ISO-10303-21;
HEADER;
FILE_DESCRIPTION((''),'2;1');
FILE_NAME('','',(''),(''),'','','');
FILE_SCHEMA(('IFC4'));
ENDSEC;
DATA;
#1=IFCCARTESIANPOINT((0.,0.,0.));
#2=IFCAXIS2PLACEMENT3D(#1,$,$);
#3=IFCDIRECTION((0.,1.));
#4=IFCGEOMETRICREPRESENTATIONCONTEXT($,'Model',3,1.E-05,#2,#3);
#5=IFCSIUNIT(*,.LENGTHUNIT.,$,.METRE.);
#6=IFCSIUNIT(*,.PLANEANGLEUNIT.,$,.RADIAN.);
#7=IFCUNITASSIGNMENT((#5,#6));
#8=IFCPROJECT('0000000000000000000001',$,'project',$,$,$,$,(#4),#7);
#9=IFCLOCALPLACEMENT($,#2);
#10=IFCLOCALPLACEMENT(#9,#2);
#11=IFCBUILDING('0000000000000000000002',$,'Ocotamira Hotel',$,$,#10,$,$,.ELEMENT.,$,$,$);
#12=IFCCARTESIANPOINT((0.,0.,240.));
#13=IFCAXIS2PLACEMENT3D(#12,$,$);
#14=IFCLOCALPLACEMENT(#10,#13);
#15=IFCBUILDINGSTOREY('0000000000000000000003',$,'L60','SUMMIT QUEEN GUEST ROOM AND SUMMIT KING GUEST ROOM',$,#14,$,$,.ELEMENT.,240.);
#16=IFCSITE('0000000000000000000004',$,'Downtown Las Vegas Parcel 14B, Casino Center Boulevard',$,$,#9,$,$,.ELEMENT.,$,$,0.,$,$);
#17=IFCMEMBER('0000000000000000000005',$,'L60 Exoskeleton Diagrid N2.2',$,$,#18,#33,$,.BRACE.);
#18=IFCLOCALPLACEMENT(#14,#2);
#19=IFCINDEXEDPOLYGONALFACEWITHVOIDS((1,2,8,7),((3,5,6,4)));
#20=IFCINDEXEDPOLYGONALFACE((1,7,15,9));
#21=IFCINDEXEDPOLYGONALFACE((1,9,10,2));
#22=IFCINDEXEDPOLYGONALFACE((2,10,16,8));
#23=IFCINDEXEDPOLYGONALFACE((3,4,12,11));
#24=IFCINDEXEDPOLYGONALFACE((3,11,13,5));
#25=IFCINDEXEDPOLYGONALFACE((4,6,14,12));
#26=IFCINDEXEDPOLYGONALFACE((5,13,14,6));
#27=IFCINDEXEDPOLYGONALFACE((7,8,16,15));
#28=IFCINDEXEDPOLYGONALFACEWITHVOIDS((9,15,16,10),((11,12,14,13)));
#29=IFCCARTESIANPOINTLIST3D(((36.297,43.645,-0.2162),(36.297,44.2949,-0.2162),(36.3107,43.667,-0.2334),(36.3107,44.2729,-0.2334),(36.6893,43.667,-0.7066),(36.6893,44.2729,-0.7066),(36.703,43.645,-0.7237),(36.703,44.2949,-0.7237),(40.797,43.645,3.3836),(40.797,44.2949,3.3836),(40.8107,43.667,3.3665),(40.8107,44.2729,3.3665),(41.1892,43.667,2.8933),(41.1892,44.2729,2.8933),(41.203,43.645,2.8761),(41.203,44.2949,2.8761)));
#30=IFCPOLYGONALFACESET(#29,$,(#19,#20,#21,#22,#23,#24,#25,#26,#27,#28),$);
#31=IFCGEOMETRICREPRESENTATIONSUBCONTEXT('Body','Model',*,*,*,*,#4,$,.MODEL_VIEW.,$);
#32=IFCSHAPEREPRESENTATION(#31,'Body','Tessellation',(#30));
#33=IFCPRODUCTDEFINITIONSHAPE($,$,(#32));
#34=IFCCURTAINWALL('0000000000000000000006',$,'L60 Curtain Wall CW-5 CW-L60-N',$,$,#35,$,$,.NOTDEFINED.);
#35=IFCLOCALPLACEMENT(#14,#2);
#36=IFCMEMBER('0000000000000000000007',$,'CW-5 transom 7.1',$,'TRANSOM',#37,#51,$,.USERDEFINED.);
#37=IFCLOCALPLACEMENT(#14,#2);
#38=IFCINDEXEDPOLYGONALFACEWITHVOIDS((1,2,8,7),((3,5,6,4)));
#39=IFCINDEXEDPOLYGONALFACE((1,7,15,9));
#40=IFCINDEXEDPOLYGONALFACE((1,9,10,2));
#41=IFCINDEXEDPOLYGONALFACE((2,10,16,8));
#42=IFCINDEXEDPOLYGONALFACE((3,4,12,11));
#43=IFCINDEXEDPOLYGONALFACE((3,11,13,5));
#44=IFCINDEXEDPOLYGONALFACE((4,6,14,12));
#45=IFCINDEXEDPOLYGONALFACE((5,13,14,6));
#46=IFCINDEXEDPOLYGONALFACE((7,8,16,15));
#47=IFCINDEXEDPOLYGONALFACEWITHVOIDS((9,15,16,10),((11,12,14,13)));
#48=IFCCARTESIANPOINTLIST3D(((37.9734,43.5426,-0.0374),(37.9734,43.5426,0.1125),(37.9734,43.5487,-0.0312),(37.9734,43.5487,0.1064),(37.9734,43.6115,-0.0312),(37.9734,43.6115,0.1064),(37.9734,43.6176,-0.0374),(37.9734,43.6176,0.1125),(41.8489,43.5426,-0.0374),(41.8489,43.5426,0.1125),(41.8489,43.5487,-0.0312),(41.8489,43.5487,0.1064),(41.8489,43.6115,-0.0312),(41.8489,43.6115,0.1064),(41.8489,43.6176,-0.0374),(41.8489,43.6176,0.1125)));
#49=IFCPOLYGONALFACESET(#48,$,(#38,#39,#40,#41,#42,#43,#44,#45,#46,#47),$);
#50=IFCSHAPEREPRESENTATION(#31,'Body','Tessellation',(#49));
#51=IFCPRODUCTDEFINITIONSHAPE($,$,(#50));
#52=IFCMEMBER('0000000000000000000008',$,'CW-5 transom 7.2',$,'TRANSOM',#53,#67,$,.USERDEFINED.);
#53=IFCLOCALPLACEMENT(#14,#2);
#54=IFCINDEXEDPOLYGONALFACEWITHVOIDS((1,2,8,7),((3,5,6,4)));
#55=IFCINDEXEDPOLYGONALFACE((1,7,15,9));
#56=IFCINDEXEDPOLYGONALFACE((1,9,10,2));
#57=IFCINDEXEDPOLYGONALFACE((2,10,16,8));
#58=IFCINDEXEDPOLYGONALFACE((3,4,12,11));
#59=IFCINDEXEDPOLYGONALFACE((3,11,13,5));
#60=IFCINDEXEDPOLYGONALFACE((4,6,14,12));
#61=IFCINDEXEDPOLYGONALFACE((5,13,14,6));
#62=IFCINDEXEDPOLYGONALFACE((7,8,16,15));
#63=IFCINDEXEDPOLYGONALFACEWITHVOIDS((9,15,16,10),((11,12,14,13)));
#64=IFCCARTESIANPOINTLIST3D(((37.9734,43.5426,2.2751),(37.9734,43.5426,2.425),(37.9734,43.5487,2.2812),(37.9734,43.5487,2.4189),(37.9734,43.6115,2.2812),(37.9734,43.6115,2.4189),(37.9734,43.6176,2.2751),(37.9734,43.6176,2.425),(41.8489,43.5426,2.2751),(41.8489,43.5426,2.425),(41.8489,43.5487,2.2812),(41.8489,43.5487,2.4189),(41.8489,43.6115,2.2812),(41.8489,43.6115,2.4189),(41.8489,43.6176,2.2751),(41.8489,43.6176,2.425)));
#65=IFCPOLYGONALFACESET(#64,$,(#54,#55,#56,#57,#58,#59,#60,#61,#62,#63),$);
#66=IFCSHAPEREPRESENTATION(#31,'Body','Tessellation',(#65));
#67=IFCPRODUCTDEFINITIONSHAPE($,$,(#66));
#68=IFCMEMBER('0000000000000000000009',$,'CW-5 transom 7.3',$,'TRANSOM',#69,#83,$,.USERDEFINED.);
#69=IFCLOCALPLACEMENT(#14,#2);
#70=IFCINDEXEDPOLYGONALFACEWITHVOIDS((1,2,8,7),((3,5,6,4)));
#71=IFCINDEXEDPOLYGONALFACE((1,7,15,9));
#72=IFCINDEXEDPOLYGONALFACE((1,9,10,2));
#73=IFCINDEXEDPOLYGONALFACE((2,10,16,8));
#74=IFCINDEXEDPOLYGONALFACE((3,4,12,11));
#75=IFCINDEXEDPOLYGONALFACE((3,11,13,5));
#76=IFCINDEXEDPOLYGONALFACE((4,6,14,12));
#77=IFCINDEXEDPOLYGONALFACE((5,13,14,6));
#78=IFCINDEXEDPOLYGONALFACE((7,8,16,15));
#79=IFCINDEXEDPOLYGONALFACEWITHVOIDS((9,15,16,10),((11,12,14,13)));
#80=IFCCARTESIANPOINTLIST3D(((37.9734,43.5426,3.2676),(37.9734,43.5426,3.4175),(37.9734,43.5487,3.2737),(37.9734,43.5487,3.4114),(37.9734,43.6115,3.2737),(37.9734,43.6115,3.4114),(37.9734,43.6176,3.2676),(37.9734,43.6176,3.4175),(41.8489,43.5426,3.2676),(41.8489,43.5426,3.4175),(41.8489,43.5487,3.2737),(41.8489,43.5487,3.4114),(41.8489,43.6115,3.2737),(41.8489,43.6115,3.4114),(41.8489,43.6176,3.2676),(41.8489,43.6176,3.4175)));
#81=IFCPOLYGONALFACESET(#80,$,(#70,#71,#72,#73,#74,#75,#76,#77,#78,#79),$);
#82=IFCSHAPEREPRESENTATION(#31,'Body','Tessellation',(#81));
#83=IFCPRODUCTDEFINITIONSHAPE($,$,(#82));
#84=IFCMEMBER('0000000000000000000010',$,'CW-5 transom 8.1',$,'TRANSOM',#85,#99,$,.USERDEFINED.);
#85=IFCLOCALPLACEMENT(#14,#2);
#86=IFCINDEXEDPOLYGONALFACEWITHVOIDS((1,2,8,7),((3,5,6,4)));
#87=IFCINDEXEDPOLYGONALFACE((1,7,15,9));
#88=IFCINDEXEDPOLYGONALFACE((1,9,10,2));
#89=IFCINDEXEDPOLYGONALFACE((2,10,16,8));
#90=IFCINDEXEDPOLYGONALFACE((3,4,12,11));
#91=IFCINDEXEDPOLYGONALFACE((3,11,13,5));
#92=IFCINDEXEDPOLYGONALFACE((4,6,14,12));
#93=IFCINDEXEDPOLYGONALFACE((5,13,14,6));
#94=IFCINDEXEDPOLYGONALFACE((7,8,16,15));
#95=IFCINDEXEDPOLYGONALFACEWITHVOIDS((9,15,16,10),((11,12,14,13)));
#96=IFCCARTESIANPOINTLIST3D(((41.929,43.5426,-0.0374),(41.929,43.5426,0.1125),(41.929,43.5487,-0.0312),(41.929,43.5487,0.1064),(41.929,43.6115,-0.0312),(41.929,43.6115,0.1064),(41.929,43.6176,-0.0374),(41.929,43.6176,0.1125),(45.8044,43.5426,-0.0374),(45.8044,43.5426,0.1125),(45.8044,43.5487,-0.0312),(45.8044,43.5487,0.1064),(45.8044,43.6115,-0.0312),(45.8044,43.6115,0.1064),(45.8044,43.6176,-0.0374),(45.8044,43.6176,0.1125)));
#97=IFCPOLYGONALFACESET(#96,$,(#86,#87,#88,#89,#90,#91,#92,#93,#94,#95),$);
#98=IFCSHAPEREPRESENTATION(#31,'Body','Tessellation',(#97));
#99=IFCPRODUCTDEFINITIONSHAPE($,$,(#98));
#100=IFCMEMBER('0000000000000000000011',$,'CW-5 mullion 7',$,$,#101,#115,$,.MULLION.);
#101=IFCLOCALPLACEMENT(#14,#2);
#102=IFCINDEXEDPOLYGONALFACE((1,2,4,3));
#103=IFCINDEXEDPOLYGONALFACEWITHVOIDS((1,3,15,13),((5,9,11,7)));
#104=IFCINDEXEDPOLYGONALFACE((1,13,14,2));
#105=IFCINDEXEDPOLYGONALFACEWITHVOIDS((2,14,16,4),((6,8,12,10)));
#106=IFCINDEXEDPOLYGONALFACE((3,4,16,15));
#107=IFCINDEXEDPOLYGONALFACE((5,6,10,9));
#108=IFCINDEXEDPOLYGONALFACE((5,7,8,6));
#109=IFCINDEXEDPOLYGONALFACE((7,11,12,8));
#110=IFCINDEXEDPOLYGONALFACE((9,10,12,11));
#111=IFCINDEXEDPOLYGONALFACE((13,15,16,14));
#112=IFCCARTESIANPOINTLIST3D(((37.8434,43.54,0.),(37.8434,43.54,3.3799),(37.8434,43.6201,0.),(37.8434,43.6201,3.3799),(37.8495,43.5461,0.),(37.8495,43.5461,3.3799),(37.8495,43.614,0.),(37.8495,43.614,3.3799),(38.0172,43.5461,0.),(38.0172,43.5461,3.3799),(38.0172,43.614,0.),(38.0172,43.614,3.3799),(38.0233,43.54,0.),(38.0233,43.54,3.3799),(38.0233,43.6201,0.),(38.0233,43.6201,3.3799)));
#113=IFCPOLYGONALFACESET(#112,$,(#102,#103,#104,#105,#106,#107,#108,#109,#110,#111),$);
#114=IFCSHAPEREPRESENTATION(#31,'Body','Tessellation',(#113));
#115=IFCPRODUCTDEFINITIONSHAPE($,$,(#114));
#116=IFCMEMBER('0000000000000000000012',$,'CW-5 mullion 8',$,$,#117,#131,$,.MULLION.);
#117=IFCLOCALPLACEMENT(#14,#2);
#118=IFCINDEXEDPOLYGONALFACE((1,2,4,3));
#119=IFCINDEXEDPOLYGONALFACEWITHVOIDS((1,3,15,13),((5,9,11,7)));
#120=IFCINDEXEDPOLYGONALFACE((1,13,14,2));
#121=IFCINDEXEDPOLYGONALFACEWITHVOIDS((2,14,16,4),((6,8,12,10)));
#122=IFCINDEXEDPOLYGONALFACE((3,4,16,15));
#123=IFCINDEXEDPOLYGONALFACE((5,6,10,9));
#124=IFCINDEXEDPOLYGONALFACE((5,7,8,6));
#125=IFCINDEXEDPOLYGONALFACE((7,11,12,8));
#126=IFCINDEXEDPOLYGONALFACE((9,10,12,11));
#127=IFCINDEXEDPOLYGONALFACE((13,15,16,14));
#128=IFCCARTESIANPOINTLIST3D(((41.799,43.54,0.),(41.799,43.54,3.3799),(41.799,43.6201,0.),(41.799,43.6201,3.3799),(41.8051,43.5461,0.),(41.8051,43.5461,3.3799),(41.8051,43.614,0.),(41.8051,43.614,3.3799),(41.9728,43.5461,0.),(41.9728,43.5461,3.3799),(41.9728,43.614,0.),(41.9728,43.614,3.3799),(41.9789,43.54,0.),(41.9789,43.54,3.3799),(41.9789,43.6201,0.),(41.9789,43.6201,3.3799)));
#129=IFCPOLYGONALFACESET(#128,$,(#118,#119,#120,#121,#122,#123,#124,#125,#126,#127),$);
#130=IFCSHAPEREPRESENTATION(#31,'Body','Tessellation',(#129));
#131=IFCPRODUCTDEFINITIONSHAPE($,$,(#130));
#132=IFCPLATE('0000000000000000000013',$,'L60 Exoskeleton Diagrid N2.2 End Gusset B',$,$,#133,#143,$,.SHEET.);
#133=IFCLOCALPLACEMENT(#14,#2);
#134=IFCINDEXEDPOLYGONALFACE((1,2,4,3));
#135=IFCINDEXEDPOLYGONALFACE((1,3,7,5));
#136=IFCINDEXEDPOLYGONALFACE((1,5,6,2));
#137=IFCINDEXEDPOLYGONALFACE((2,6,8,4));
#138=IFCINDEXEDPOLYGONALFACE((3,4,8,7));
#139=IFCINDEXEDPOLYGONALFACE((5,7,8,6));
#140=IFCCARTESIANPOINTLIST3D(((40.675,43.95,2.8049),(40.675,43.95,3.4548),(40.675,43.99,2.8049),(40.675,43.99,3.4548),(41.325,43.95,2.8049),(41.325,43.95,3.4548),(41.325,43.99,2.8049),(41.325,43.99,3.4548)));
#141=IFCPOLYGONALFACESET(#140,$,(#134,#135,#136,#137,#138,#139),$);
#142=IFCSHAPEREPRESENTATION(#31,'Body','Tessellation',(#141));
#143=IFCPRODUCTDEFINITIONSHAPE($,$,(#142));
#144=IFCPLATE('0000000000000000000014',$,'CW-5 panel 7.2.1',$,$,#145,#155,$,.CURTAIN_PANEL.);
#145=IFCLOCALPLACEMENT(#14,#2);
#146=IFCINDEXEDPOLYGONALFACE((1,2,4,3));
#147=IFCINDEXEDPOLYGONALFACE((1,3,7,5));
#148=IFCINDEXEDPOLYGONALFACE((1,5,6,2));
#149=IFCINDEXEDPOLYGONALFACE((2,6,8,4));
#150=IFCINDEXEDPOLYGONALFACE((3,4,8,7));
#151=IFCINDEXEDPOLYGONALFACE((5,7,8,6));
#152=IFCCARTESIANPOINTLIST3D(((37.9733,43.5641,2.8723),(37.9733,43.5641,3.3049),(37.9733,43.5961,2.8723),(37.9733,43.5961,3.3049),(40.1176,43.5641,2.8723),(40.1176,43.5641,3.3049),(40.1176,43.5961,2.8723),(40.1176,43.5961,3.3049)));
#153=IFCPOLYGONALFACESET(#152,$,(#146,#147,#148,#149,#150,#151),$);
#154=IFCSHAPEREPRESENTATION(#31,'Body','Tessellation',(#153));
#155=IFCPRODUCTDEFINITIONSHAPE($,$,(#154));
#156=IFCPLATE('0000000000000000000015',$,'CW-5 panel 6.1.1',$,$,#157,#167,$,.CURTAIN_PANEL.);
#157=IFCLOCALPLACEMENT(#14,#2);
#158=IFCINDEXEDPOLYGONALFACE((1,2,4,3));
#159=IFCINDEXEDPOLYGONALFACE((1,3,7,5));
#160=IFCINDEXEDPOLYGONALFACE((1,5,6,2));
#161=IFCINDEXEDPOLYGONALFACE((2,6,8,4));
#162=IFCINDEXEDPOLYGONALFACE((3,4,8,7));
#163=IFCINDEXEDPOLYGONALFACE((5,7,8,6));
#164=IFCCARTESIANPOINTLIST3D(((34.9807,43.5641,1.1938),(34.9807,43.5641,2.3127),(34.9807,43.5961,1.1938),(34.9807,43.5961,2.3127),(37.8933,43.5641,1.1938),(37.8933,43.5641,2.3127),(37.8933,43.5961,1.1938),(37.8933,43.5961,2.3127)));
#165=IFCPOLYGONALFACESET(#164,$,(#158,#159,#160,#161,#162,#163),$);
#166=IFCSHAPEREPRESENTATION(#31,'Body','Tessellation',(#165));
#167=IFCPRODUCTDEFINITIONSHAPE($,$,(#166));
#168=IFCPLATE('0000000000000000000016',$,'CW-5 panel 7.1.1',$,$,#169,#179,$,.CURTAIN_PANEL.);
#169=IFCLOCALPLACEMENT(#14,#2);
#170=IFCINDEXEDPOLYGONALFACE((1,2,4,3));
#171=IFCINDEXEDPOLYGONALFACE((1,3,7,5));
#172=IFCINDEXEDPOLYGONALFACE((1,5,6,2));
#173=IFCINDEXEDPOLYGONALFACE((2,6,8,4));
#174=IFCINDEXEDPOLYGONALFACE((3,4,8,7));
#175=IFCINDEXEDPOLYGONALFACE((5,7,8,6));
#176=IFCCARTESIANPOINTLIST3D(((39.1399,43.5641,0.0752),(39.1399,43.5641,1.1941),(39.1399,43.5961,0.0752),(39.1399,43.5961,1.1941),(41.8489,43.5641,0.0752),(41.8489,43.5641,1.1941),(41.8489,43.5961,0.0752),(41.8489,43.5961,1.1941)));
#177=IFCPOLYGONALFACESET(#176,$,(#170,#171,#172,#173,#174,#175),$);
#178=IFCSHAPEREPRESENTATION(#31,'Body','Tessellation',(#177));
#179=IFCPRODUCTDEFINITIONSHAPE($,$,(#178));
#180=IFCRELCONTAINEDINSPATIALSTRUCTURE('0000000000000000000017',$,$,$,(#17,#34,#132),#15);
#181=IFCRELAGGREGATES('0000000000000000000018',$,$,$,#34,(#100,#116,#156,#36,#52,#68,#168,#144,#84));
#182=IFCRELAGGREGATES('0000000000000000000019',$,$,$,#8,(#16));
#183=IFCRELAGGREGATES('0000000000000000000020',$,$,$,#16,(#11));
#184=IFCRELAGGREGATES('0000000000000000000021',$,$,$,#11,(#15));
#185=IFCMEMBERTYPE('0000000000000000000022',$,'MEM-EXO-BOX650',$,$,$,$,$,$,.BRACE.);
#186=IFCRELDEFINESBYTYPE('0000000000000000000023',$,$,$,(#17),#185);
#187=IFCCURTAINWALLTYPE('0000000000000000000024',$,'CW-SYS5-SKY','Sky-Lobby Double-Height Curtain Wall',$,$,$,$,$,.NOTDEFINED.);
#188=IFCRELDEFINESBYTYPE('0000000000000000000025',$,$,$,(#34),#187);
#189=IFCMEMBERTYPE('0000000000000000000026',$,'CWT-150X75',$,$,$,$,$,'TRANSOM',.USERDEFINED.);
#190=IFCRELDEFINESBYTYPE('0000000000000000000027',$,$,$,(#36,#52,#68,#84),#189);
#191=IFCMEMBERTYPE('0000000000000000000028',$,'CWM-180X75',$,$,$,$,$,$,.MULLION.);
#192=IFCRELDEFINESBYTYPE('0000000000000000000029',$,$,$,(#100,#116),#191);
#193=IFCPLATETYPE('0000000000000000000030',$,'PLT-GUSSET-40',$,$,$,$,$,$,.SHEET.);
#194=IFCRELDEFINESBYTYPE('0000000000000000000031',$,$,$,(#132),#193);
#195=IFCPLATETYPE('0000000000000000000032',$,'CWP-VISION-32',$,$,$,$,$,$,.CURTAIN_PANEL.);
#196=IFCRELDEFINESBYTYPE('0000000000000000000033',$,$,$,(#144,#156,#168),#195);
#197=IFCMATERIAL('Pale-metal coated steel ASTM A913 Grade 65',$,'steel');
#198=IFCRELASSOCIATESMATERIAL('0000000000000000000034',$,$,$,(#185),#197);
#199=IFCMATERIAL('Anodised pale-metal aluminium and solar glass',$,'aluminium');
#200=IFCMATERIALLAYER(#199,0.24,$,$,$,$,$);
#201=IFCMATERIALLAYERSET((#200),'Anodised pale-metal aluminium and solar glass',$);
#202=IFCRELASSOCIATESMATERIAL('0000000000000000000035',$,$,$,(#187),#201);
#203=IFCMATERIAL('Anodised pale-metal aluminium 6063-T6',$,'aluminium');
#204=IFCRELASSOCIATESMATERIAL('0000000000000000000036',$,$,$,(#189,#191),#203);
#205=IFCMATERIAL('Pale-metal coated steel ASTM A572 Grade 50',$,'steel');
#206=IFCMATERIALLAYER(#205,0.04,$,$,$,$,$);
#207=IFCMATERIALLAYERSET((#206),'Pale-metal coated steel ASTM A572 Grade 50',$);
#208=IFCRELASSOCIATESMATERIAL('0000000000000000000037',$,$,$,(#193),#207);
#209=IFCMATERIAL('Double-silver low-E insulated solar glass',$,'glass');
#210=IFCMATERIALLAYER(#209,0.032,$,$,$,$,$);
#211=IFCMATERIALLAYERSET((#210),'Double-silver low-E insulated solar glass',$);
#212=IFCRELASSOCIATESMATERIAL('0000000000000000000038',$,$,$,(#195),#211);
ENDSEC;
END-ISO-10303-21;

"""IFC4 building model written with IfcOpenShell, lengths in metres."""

from ifc_helpers import new_model, si_unit, direction, frame, origin, origin_2d, place, context, subcontext, project, spatial, rectangle, hollow_rectangle, extrude, source, transform, mapped, material, layer, layer_set, material_profile, profile_set, type_object, element, aggregate, save


model = new_model("IFC4")

# Units and contexts
model_context = context("Model", 3, precision=1e-05, world=origin(), true_north=direction((0.0, 1.0)))
body_context = subcontext(model_context, "Body", "Model", "MODEL_VIEW")
ifc_project = project(units=[si_unit("LENGTHUNIT", "METRE"), si_unit("PLANEANGLEUNIT", "RADIAN")], contexts=[model_context])

# Site, building, storey
site_placement = place(None, origin())
site = spatial("IfcSite", under=ifc_project, at=site_placement, Name="Downtown Las Vegas Parcel 14B, Casino Center Boulevard", CompositionType="ELEMENT", RefElevation=0.0)
building_placement = place(site_placement, origin())
building = spatial("IfcBuilding", under=site, at=building_placement, Name="Ocotamira Hotel", CompositionType="ELEMENT")
storey_placement = place(building_placement, frame((0.0, 0.0, 240.0)))
storey = spatial("IfcBuildingStorey", under=building, at=storey_placement, Name="L60", Description="SUMMIT QUEEN GUEST ROOM AND SUMMIT KING GUEST ROOM", CompositionType="ELEMENT", Elevation=240.0)

# Member
ifc_material_1 = material(Name="Pale-metal coated steel ASTM A913 Grade 65", Category="steel")
ifc_material_profile_1 = material_profile(ifc_material_1, hollow_rectangle(XDim=0.6499, YDim=0.6499, WallThickness=0.022, at=origin_2d()), Name="BOX650X650X22")
ifc_profile_set_1 = profile_set([ifc_material_profile_1], Name="Pale-metal coated steel ASTM A913 Grade 65")
member_type_1 = type_object("IfcMemberType", Name="MEM-EXO-BOX650", PredefinedType="BRACE", material=ifc_profile_set_1)
shared_shape_1 = source(origin(), body_context, "Body", "SweptSolid", [
    extrude(hollow_rectangle(XDim=0.6499, YDim=0.6499, WallThickness=0.022, at=origin_2d()), origin(), (0.0, 0.0, 1.0), 5.7627),
])
for number, where, z_axis, x_axis, name in (
    (1, (36.5, 43.97, -0.47), (0.780881, 0.0, 0.62468), (0.0, 1.0, 0.0), "L60 Exoskeleton Diagrid N2.2"),
):
    element("IfcMember", number, at=place(storey_placement, frame(where, z_axis=z_axis, x_axis=x_axis)), inside=storey, type_object=member_type_1, Name=name, PredefinedType="BRACE", context=body_context, shape_type="MappedRepresentation", body=[
        mapped(shared_shape_1, transform((0.0, 0.0, 0.0), scale=1.0)),
    ])

# Curtain wall, members
ifc_material_2 = material(Name="Anodised pale-metal aluminium and solar glass", Category="aluminium")
ifc_layer_1 = layer(ifc_material_2, 0.24)
ifc_layer_set_1 = layer_set([ifc_layer_1], Name="Anodised pale-metal aluminium and solar glass")
curtain_wall_type = type_object("IfcCurtainWallType", Name="CW-SYS5-SKY", Description="Sky-Lobby Double-Height Curtain Wall", PredefinedType="NOTDEFINED", material=ifc_layer_set_1)
curtain_wall_placement = place(storey_placement, origin())
curtain_wall = element("IfcCurtainWall", 2, at=curtain_wall_placement, inside=storey, type_object=curtain_wall_type, Name="L60 Curtain Wall CW-5 CW-L60-N", PredefinedType="NOTDEFINED")
ifc_material_3 = material(Name="Anodised pale-metal aluminium 6063-T6", Category="aluminium")
ifc_material_profile_2 = material_profile(ifc_material_3, hollow_rectangle(XDim=0.075, YDim=0.1499, WallThickness=0.0061, at=origin_2d()), Name="HSS150X75X6")
ifc_profile_set_2 = profile_set([ifc_material_profile_2], Name="Anodised pale-metal aluminium 6063-T6")
member_type_2 = type_object("IfcMemberType", Name="CWT-150X75", ElementType="TRANSOM", PredefinedType="USERDEFINED", material=ifc_profile_set_2)
shared_shape_2 = source(origin(), body_context, "Body", "SweptSolid", [
    extrude(hollow_rectangle(XDim=0.075, YDim=0.1499, WallThickness=0.0061, at=origin_2d()), origin(), (0.0, 0.0, 1.0), 3.8755),
])
member_1_placement = place(storey_placement, frame((37.9734, 43.5801, 0.0376), z_axis=(1.0, 0.0, 0.0), x_axis=(0.0, 1.0, 0.0)))
member_1 = element("IfcMember", 3, at=member_1_placement, type_object=member_type_2, Name="CW-5 transom 7.1", ObjectType="TRANSOM", PredefinedType="USERDEFINED", context=body_context, shape_type="MappedRepresentation", body=[
    mapped(shared_shape_2, transform((0.0, 0.0, 0.0), scale=1.0)),
])
member_2_placement = place(storey_placement, frame((37.9734, 43.5801, 2.3501), z_axis=(1.0, 0.0, 0.0), x_axis=(0.0, 1.0, 0.0)))
member_2 = element("IfcMember", 4, at=member_2_placement, type_object=member_type_2, Name="CW-5 transom 7.2", ObjectType="TRANSOM", PredefinedType="USERDEFINED", context=body_context, shape_type="MappedRepresentation", body=[
    mapped(shared_shape_2, transform((0.0, 0.0, 0.0), scale=1.0)),
])
member_3_placement = place(storey_placement, frame((37.9734, 43.5801, 3.3425), z_axis=(1.0, 0.0, 0.0), x_axis=(0.0, 1.0, 0.0)))
member_3 = element("IfcMember", 5, at=member_3_placement, type_object=member_type_2, Name="CW-5 transom 7.3", ObjectType="TRANSOM", PredefinedType="USERDEFINED", context=body_context, shape_type="MappedRepresentation", body=[
    mapped(shared_shape_2, transform((0.0, 0.0, 0.0), scale=1.0)),
])
member_4_placement = place(storey_placement, frame((41.929, 43.5801, 0.0376), z_axis=(1.0, 0.0, 0.0), x_axis=(0.0, 1.0, 0.0)))
member_4 = element("IfcMember", 6, at=member_4_placement, type_object=member_type_2, Name="CW-5 transom 8.1", ObjectType="TRANSOM", PredefinedType="USERDEFINED", context=body_context, shape_type="MappedRepresentation", body=[
    mapped(shared_shape_2, transform((0.0, 0.0, 0.0), scale=1.0)),
])
ifc_material_profile_3 = material_profile(ifc_material_3, hollow_rectangle(XDim=0.0801, YDim=0.1799, WallThickness=0.0061, at=origin_2d()), Name="HSS180X80X6")
ifc_profile_set_3 = profile_set([ifc_material_profile_3], Name="Anodised pale-metal aluminium 6063-T6")
member_type_3 = type_object("IfcMemberType", Name="CWM-180X75", PredefinedType="MULLION", material=ifc_profile_set_3)
shared_shape_3 = source(origin(), body_context, "Body", "SweptSolid", [
    extrude(hollow_rectangle(XDim=0.0801, YDim=0.1799, WallThickness=0.0061, at=origin_2d()), origin(), (0.0, 0.0, 1.0), 3.3799),
])
member_5_placement = place(storey_placement, frame((37.9333, 43.5801, 0.0), z_axis=(0.0, 0.0, 1.0), x_axis=(0.0, 1.0, 0.0)))
member_5 = element("IfcMember", 7, at=member_5_placement, type_object=member_type_3, Name="CW-5 mullion 7", PredefinedType="MULLION", context=body_context, shape_type="MappedRepresentation", body=[
    mapped(shared_shape_3, transform((0.0, 0.0, 0.0), scale=1.0)),
])
member_6_placement = place(storey_placement, frame((41.8889, 43.5801, 0.0), z_axis=(0.0, 0.0, 1.0), x_axis=(0.0, 1.0, 0.0)))
member_6 = element("IfcMember", 8, at=member_6_placement, type_object=member_type_3, Name="CW-5 mullion 8", PredefinedType="MULLION", context=body_context, shape_type="MappedRepresentation", body=[
    mapped(shared_shape_3, transform((0.0, 0.0, 0.0), scale=1.0)),
])

# Plates
ifc_material_4 = material(Name="Pale-metal coated steel ASTM A572 Grade 50", Category="steel")
ifc_layer_2 = layer(ifc_material_4, 0.04)
ifc_layer_set_2 = layer_set([ifc_layer_2], Name="Pale-metal coated steel ASTM A572 Grade 50")
plate_type_1 = type_object("IfcPlateType", Name="PLT-GUSSET-40", PredefinedType="SHEET", material=ifc_layer_set_2)
shared_shape_4 = source(origin(), body_context, "Body", "SweptSolid", [
    extrude(rectangle(XDim=0.6499, YDim=0.04, at=origin_2d()), origin(), (0.0, 0.0, 1.0), 0.6499),
])
plate_1_placement = place(storey_placement, frame((41.0, 43.97, 2.8049), z_axis=(0.0, 0.0, 1.0), x_axis=(1.0, 0.0, 0.0)))
element("IfcPlate", 9, at=plate_1_placement, inside=storey, type_object=plate_type_1, Name="L60 Exoskeleton Diagrid N2.2 End Gusset B", PredefinedType="SHEET", context=body_context, shape_type="MappedRepresentation", body=[
    mapped(shared_shape_4, transform((0.0, 0.0, 0.0), scale=1.0)),
])
ifc_material_5 = material(Name="Double-silver low-E insulated solar glass", Category="glass")
ifc_layer_3 = layer(ifc_material_5, 0.032)
ifc_layer_set_3 = layer_set([ifc_layer_3], Name="Double-silver low-E insulated solar glass")
plate_type_2 = type_object("IfcPlateType", Name="CWP-VISION-32", PredefinedType="CURTAIN_PANEL", material=ifc_layer_set_3)
shared_shape_5 = source(origin(), body_context, "Body", "SweptSolid", [
    extrude(rectangle(XDim=2.1443, YDim=0.032, at=origin_2d()), origin(), (0.0, 0.0, 1.0), 0.4326),
])
plate_2_placement = place(storey_placement, frame((39.0454, 43.5801, 2.8723), z_axis=(0.0, 0.0, 1.0), x_axis=(1.0, 0.0, 0.0)))
plate_2 = element("IfcPlate", 10, at=plate_2_placement, type_object=plate_type_2, Name="CW-5 panel 7.2.1", PredefinedType="CURTAIN_PANEL", context=body_context, shape_type="MappedRepresentation", body=[
    mapped(shared_shape_5, transform((0.0, 0.0, 0.0), scale=1.0)),
])
shared_shape_6 = source(origin(), body_context, "Body", "SweptSolid", [
    extrude(rectangle(XDim=2.9126, YDim=0.032, at=origin_2d()), origin(), (0.0, 0.0, 1.0), 1.1189),
])
plate_3_placement = place(storey_placement, frame((36.437, 43.5801, 1.1938), z_axis=(0.0, 0.0, 1.0), x_axis=(1.0, 0.0, 0.0)))
plate_3 = element("IfcPlate", 11, at=plate_3_placement, type_object=plate_type_2, Name="CW-5 panel 6.1.1", PredefinedType="CURTAIN_PANEL", context=body_context, shape_type="MappedRepresentation", body=[
    mapped(shared_shape_6, transform((0.0, 0.0, 0.0), scale=1.0)),
])
shared_shape_7 = source(origin(), body_context, "Body", "SweptSolid", [
    extrude(rectangle(XDim=2.709, YDim=0.032, at=origin_2d()), origin(), (0.0, 0.0, 1.0), 1.1189),
])
plate_4_placement = place(storey_placement, frame((40.4944, 43.5801, 0.0752), z_axis=(0.0, 0.0, 1.0), x_axis=(1.0, 0.0, 0.0)))
plate_4 = element("IfcPlate", 12, at=plate_4_placement, type_object=plate_type_2, Name="CW-5 panel 7.1.1", PredefinedType="CURTAIN_PANEL", context=body_context, shape_type="MappedRepresentation", body=[
    mapped(shared_shape_7, transform((0.0, 0.0, 0.0), scale=1.0)),
])
aggregate(curtain_wall, [member_5, member_6, plate_3, member_1, member_2, member_3, plate_4, plate_2, member_4])

save(model, "model.ifc")
